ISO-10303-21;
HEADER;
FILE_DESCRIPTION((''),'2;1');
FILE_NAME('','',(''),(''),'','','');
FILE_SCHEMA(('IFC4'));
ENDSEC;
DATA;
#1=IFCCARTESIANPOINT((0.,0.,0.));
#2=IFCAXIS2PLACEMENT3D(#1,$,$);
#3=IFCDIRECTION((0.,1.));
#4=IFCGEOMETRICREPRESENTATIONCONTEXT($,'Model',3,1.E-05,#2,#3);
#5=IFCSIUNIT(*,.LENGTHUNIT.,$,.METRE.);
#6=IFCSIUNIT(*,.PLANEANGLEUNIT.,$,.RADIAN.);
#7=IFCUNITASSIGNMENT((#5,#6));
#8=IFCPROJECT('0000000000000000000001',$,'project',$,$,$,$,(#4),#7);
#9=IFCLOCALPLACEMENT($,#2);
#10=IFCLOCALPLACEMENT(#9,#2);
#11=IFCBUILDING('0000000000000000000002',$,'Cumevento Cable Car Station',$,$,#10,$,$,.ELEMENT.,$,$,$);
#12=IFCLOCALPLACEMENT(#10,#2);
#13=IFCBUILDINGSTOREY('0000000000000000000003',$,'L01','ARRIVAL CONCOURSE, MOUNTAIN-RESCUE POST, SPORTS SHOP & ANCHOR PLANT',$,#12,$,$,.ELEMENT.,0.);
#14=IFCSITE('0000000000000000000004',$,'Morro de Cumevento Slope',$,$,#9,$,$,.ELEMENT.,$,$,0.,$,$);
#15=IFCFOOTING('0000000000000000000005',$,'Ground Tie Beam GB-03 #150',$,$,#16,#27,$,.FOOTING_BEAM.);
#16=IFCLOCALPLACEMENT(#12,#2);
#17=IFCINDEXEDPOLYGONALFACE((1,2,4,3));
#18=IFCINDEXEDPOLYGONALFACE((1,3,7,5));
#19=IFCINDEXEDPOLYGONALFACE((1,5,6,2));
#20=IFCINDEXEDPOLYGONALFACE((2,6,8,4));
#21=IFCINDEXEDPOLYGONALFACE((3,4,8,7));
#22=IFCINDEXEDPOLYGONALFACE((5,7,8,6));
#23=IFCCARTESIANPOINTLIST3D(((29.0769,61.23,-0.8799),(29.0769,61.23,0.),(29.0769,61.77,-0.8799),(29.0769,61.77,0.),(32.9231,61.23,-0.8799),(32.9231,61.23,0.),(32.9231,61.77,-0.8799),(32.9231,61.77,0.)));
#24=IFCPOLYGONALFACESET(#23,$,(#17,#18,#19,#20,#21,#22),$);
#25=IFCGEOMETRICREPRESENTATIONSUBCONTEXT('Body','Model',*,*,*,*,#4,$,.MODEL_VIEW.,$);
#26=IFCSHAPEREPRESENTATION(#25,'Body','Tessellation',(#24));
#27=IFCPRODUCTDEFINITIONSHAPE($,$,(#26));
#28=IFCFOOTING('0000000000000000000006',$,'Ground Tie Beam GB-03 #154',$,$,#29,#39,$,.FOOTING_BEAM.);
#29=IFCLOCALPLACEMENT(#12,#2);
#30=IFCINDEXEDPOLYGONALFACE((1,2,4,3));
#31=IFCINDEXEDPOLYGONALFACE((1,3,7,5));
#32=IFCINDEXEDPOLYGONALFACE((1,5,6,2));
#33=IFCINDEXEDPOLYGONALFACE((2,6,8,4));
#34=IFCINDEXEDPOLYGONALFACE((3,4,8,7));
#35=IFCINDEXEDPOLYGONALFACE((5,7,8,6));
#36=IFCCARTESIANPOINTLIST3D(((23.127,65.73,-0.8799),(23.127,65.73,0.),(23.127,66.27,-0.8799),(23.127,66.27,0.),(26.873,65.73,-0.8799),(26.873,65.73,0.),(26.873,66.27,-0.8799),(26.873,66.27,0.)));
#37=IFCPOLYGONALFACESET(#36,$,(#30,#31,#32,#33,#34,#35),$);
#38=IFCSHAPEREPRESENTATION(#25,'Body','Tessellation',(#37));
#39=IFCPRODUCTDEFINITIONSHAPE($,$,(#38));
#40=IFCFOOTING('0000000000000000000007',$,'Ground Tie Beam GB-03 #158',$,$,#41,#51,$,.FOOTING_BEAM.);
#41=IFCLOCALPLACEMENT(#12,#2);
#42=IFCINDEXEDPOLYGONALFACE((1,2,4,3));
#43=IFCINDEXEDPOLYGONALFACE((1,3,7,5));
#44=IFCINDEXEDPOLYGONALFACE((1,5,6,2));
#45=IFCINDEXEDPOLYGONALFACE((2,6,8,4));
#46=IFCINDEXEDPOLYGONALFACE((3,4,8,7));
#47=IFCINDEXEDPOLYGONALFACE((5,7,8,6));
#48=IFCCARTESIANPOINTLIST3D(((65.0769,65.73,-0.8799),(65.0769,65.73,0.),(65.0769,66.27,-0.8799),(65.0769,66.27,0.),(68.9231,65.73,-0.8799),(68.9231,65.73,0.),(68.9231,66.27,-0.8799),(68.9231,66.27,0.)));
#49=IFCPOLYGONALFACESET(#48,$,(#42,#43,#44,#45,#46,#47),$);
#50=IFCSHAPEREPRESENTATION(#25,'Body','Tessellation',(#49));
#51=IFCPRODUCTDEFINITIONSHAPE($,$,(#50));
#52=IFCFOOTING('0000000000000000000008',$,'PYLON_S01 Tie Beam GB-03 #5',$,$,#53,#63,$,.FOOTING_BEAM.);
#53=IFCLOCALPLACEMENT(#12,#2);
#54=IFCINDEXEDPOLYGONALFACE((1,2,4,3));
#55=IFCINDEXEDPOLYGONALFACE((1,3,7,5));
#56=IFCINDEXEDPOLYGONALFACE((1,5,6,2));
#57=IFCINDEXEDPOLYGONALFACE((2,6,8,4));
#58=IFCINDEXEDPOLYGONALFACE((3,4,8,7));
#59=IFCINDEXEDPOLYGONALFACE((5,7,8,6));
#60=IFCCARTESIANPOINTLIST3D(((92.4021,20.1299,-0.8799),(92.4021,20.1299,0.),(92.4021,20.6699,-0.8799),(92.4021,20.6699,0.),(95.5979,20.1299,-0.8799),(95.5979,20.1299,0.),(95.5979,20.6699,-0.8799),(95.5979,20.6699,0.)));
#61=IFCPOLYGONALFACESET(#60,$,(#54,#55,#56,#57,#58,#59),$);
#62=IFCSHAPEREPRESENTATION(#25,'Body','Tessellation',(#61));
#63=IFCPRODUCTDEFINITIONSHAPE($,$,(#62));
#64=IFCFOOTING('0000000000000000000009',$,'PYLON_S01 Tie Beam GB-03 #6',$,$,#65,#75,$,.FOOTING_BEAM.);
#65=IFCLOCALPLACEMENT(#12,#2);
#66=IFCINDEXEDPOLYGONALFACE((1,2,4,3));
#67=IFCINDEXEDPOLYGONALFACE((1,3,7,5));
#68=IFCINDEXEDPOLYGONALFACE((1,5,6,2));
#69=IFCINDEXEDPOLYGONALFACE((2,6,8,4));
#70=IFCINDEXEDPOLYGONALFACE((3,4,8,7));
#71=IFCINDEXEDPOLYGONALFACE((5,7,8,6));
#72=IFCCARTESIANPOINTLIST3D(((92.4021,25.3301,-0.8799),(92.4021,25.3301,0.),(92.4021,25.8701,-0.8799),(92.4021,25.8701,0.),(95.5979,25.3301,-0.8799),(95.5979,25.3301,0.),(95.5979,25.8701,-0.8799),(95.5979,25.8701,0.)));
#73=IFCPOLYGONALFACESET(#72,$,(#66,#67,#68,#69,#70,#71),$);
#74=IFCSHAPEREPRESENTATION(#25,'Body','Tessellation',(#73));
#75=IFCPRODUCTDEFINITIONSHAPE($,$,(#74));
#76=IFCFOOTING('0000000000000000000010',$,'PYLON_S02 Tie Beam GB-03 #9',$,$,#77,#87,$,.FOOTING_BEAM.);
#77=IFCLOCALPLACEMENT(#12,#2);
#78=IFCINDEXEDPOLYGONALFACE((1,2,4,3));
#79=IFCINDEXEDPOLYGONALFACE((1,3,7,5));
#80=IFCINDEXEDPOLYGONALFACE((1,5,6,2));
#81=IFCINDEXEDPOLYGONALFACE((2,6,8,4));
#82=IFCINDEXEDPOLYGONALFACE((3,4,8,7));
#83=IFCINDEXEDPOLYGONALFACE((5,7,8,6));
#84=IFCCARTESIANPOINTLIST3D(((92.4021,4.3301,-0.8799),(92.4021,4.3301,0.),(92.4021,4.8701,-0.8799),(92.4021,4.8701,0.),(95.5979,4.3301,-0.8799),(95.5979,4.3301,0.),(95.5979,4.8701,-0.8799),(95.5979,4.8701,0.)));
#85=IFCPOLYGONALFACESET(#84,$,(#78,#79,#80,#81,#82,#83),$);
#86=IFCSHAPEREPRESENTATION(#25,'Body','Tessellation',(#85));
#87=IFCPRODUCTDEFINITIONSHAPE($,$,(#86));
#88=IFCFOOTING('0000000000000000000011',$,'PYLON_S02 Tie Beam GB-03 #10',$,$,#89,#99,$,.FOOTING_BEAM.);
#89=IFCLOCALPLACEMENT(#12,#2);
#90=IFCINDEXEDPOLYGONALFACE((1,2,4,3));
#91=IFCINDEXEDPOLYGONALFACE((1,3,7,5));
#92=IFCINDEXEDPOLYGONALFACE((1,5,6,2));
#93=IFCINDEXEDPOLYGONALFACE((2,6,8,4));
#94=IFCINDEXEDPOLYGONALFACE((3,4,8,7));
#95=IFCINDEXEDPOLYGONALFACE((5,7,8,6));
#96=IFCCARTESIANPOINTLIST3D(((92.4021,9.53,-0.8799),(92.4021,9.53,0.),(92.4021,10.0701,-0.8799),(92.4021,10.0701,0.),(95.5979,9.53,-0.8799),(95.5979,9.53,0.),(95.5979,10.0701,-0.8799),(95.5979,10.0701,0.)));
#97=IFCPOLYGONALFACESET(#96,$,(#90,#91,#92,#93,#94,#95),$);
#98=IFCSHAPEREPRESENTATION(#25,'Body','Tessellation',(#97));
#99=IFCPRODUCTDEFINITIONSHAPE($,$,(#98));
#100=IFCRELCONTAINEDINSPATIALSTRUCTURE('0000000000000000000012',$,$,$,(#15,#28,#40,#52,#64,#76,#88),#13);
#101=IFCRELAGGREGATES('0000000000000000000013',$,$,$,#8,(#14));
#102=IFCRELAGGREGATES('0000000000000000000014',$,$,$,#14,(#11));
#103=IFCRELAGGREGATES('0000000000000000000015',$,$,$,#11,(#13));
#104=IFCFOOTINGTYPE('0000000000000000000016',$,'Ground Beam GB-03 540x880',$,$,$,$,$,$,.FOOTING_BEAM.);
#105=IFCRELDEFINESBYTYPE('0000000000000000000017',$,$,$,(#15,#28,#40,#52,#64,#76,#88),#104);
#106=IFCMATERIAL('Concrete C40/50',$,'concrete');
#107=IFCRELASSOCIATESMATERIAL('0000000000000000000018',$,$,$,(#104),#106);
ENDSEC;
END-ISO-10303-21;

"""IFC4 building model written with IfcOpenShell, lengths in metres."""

from ifc_helpers import new_model, si_unit, direction, frame, origin, place, context, subcontext, project, spatial, polyline, outline, extrude, material, type_object, element, save


model = new_model("IFC4")

# Units and contexts
model_context = context("Model", 3, precision=1e-05, world=origin(), true_north=direction((0.0, 1.0)))
body_context = subcontext(model_context, "Body", "Model", "MODEL_VIEW")
ifc_project = project(units=[si_unit("LENGTHUNIT", "METRE"), si_unit("PLANEANGLEUNIT", "RADIAN")], contexts=[model_context])

# Site, building, storey
site_placement = place(None, origin())
site = spatial("IfcSite", under=ifc_project, at=site_placement, Name="Morro de Cumevento Slope", CompositionType="ELEMENT", RefElevation=0.0)
building_placement = place(site_placement, origin())
building = spatial("IfcBuilding", under=site, at=building_placement, Name="Cumevento Cable Car Station", CompositionType="ELEMENT")
storey_placement = place(building_placement, origin())
storey = spatial("IfcBuildingStorey", under=building, at=storey_placement, Name="L01", Description="ARRIVAL CONCOURSE, MOUNTAIN-RESCUE POST, SPORTS SHOP & ANCHOR PLANT", CompositionType="ELEMENT", Elevation=0.0)

# Footings
ifc_material = material(Name="Concrete C40/50", Category="concrete")
footing_type = type_object("IfcFootingType", Name="Ground Beam GB-03 540x880", PredefinedType="FOOTING_BEAM", material=ifc_material)
footing_1_placement = place(storey_placement, frame((0.0, 0.0, -0.8799)))
element("IfcFooting", 1, at=footing_1_placement, inside=storey, type_object=footing_type, Name="Ground Tie Beam GB-03 #150", PredefinedType="FOOTING_BEAM", context=body_context, shape_type="SweptSolid", body=[
    extrude(outline(polyline([(29.0769, 61.23), (32.9231, 61.23), (32.9231, 61.77), (29.0769, 61.77), (29.0769, 61.23)])), origin(), (0.0, 0.0, 1.0), 0.8799),
])
footing_2_placement = place(storey_placement, frame((0.0, 0.0, -0.8799)))
element("IfcFooting", 2, at=footing_2_placement, inside=storey, type_object=footing_type, Name="Ground Tie Beam GB-03 #154", PredefinedType="FOOTING_BEAM", context=body_context, shape_type="SweptSolid", body=[
    extrude(outline(polyline([(23.127, 65.73), (26.873, 65.73), (26.873, 66.27), (23.127, 66.27), (23.127, 65.73)])), origin(), (0.0, 0.0, 1.0), 0.8799),
])
footing_3_placement = place(storey_placement, frame((0.0, 0.0, -0.8799)))
element("IfcFooting", 3, at=footing_3_placement, inside=storey, type_object=footing_type, Name="Ground Tie Beam GB-03 #158", PredefinedType="FOOTING_BEAM", context=body_context, shape_type="SweptSolid", body=[
    extrude(outline(polyline([(65.0769, 65.73), (68.9231, 65.73), (68.9231, 66.27), (65.0769, 66.27), (65.0769, 65.73)])), origin(), (0.0, 0.0, 1.0), 0.8799),
])
footing_4_placement = place(storey_placement, frame((0.0, 0.0, -0.8799)))
element("IfcFooting", 4, at=footing_4_placement, inside=storey, type_object=footing_type, Name="PYLON_S01 Tie Beam GB-03 #5", PredefinedType="FOOTING_BEAM", context=body_context, shape_type="SweptSolid", body=[
    extrude(outline(polyline([(92.4021, 20.1299), (95.5979, 20.1299), (95.5979, 20.6699), (92.4021, 20.6699), (92.4021, 20.1299)])), origin(), (0.0, 0.0, 1.0), 0.8799),
])
footing_5_placement = place(storey_placement, frame((0.0, 0.0, -0.8799)))
element("IfcFooting", 5, at=footing_5_placement, inside=storey, type_object=footing_type, Name="PYLON_S01 Tie Beam GB-03 #6", PredefinedType="FOOTING_BEAM", context=body_context, shape_type="SweptSolid", body=[
    extrude(outline(polyline([(92.4021, 25.3301), (95.5979, 25.3301), (95.5979, 25.8701), (92.4021, 25.8701), (92.4021, 25.3301)])), origin(), (0.0, 0.0, 1.0), 0.8799),
])
footing_6_placement = place(storey_placement, frame((0.0, 0.0, -0.8799)))
element("IfcFooting", 6, at=footing_6_placement, inside=storey, type_object=footing_type, Name="PYLON_S02 Tie Beam GB-03 #9", PredefinedType="FOOTING_BEAM", context=body_context, shape_type="SweptSolid", body=[
    extrude(outline(polyline([(92.4021, 4.3301), (95.5979, 4.3301), (95.5979, 4.8701), (92.4021, 4.8701), (92.4021, 4.3301)])), origin(), (0.0, 0.0, 1.0), 0.8799),
])
footing_7_placement = place(storey_placement, frame((0.0, 0.0, -0.8799)))
element("IfcFooting", 7, at=footing_7_placement, inside=storey, type_object=footing_type, Name="PYLON_S02 Tie Beam GB-03 #10", PredefinedType="FOOTING_BEAM", context=body_context, shape_type="SweptSolid", body=[
    extrude(outline(polyline([(92.4021, 9.53), (95.5979, 9.53), (95.5979, 10.0701), (92.4021, 10.0701), (92.4021, 9.53)])), origin(), (0.0, 0.0, 1.0), 0.8799),
])

save(model, "model.ifc")
